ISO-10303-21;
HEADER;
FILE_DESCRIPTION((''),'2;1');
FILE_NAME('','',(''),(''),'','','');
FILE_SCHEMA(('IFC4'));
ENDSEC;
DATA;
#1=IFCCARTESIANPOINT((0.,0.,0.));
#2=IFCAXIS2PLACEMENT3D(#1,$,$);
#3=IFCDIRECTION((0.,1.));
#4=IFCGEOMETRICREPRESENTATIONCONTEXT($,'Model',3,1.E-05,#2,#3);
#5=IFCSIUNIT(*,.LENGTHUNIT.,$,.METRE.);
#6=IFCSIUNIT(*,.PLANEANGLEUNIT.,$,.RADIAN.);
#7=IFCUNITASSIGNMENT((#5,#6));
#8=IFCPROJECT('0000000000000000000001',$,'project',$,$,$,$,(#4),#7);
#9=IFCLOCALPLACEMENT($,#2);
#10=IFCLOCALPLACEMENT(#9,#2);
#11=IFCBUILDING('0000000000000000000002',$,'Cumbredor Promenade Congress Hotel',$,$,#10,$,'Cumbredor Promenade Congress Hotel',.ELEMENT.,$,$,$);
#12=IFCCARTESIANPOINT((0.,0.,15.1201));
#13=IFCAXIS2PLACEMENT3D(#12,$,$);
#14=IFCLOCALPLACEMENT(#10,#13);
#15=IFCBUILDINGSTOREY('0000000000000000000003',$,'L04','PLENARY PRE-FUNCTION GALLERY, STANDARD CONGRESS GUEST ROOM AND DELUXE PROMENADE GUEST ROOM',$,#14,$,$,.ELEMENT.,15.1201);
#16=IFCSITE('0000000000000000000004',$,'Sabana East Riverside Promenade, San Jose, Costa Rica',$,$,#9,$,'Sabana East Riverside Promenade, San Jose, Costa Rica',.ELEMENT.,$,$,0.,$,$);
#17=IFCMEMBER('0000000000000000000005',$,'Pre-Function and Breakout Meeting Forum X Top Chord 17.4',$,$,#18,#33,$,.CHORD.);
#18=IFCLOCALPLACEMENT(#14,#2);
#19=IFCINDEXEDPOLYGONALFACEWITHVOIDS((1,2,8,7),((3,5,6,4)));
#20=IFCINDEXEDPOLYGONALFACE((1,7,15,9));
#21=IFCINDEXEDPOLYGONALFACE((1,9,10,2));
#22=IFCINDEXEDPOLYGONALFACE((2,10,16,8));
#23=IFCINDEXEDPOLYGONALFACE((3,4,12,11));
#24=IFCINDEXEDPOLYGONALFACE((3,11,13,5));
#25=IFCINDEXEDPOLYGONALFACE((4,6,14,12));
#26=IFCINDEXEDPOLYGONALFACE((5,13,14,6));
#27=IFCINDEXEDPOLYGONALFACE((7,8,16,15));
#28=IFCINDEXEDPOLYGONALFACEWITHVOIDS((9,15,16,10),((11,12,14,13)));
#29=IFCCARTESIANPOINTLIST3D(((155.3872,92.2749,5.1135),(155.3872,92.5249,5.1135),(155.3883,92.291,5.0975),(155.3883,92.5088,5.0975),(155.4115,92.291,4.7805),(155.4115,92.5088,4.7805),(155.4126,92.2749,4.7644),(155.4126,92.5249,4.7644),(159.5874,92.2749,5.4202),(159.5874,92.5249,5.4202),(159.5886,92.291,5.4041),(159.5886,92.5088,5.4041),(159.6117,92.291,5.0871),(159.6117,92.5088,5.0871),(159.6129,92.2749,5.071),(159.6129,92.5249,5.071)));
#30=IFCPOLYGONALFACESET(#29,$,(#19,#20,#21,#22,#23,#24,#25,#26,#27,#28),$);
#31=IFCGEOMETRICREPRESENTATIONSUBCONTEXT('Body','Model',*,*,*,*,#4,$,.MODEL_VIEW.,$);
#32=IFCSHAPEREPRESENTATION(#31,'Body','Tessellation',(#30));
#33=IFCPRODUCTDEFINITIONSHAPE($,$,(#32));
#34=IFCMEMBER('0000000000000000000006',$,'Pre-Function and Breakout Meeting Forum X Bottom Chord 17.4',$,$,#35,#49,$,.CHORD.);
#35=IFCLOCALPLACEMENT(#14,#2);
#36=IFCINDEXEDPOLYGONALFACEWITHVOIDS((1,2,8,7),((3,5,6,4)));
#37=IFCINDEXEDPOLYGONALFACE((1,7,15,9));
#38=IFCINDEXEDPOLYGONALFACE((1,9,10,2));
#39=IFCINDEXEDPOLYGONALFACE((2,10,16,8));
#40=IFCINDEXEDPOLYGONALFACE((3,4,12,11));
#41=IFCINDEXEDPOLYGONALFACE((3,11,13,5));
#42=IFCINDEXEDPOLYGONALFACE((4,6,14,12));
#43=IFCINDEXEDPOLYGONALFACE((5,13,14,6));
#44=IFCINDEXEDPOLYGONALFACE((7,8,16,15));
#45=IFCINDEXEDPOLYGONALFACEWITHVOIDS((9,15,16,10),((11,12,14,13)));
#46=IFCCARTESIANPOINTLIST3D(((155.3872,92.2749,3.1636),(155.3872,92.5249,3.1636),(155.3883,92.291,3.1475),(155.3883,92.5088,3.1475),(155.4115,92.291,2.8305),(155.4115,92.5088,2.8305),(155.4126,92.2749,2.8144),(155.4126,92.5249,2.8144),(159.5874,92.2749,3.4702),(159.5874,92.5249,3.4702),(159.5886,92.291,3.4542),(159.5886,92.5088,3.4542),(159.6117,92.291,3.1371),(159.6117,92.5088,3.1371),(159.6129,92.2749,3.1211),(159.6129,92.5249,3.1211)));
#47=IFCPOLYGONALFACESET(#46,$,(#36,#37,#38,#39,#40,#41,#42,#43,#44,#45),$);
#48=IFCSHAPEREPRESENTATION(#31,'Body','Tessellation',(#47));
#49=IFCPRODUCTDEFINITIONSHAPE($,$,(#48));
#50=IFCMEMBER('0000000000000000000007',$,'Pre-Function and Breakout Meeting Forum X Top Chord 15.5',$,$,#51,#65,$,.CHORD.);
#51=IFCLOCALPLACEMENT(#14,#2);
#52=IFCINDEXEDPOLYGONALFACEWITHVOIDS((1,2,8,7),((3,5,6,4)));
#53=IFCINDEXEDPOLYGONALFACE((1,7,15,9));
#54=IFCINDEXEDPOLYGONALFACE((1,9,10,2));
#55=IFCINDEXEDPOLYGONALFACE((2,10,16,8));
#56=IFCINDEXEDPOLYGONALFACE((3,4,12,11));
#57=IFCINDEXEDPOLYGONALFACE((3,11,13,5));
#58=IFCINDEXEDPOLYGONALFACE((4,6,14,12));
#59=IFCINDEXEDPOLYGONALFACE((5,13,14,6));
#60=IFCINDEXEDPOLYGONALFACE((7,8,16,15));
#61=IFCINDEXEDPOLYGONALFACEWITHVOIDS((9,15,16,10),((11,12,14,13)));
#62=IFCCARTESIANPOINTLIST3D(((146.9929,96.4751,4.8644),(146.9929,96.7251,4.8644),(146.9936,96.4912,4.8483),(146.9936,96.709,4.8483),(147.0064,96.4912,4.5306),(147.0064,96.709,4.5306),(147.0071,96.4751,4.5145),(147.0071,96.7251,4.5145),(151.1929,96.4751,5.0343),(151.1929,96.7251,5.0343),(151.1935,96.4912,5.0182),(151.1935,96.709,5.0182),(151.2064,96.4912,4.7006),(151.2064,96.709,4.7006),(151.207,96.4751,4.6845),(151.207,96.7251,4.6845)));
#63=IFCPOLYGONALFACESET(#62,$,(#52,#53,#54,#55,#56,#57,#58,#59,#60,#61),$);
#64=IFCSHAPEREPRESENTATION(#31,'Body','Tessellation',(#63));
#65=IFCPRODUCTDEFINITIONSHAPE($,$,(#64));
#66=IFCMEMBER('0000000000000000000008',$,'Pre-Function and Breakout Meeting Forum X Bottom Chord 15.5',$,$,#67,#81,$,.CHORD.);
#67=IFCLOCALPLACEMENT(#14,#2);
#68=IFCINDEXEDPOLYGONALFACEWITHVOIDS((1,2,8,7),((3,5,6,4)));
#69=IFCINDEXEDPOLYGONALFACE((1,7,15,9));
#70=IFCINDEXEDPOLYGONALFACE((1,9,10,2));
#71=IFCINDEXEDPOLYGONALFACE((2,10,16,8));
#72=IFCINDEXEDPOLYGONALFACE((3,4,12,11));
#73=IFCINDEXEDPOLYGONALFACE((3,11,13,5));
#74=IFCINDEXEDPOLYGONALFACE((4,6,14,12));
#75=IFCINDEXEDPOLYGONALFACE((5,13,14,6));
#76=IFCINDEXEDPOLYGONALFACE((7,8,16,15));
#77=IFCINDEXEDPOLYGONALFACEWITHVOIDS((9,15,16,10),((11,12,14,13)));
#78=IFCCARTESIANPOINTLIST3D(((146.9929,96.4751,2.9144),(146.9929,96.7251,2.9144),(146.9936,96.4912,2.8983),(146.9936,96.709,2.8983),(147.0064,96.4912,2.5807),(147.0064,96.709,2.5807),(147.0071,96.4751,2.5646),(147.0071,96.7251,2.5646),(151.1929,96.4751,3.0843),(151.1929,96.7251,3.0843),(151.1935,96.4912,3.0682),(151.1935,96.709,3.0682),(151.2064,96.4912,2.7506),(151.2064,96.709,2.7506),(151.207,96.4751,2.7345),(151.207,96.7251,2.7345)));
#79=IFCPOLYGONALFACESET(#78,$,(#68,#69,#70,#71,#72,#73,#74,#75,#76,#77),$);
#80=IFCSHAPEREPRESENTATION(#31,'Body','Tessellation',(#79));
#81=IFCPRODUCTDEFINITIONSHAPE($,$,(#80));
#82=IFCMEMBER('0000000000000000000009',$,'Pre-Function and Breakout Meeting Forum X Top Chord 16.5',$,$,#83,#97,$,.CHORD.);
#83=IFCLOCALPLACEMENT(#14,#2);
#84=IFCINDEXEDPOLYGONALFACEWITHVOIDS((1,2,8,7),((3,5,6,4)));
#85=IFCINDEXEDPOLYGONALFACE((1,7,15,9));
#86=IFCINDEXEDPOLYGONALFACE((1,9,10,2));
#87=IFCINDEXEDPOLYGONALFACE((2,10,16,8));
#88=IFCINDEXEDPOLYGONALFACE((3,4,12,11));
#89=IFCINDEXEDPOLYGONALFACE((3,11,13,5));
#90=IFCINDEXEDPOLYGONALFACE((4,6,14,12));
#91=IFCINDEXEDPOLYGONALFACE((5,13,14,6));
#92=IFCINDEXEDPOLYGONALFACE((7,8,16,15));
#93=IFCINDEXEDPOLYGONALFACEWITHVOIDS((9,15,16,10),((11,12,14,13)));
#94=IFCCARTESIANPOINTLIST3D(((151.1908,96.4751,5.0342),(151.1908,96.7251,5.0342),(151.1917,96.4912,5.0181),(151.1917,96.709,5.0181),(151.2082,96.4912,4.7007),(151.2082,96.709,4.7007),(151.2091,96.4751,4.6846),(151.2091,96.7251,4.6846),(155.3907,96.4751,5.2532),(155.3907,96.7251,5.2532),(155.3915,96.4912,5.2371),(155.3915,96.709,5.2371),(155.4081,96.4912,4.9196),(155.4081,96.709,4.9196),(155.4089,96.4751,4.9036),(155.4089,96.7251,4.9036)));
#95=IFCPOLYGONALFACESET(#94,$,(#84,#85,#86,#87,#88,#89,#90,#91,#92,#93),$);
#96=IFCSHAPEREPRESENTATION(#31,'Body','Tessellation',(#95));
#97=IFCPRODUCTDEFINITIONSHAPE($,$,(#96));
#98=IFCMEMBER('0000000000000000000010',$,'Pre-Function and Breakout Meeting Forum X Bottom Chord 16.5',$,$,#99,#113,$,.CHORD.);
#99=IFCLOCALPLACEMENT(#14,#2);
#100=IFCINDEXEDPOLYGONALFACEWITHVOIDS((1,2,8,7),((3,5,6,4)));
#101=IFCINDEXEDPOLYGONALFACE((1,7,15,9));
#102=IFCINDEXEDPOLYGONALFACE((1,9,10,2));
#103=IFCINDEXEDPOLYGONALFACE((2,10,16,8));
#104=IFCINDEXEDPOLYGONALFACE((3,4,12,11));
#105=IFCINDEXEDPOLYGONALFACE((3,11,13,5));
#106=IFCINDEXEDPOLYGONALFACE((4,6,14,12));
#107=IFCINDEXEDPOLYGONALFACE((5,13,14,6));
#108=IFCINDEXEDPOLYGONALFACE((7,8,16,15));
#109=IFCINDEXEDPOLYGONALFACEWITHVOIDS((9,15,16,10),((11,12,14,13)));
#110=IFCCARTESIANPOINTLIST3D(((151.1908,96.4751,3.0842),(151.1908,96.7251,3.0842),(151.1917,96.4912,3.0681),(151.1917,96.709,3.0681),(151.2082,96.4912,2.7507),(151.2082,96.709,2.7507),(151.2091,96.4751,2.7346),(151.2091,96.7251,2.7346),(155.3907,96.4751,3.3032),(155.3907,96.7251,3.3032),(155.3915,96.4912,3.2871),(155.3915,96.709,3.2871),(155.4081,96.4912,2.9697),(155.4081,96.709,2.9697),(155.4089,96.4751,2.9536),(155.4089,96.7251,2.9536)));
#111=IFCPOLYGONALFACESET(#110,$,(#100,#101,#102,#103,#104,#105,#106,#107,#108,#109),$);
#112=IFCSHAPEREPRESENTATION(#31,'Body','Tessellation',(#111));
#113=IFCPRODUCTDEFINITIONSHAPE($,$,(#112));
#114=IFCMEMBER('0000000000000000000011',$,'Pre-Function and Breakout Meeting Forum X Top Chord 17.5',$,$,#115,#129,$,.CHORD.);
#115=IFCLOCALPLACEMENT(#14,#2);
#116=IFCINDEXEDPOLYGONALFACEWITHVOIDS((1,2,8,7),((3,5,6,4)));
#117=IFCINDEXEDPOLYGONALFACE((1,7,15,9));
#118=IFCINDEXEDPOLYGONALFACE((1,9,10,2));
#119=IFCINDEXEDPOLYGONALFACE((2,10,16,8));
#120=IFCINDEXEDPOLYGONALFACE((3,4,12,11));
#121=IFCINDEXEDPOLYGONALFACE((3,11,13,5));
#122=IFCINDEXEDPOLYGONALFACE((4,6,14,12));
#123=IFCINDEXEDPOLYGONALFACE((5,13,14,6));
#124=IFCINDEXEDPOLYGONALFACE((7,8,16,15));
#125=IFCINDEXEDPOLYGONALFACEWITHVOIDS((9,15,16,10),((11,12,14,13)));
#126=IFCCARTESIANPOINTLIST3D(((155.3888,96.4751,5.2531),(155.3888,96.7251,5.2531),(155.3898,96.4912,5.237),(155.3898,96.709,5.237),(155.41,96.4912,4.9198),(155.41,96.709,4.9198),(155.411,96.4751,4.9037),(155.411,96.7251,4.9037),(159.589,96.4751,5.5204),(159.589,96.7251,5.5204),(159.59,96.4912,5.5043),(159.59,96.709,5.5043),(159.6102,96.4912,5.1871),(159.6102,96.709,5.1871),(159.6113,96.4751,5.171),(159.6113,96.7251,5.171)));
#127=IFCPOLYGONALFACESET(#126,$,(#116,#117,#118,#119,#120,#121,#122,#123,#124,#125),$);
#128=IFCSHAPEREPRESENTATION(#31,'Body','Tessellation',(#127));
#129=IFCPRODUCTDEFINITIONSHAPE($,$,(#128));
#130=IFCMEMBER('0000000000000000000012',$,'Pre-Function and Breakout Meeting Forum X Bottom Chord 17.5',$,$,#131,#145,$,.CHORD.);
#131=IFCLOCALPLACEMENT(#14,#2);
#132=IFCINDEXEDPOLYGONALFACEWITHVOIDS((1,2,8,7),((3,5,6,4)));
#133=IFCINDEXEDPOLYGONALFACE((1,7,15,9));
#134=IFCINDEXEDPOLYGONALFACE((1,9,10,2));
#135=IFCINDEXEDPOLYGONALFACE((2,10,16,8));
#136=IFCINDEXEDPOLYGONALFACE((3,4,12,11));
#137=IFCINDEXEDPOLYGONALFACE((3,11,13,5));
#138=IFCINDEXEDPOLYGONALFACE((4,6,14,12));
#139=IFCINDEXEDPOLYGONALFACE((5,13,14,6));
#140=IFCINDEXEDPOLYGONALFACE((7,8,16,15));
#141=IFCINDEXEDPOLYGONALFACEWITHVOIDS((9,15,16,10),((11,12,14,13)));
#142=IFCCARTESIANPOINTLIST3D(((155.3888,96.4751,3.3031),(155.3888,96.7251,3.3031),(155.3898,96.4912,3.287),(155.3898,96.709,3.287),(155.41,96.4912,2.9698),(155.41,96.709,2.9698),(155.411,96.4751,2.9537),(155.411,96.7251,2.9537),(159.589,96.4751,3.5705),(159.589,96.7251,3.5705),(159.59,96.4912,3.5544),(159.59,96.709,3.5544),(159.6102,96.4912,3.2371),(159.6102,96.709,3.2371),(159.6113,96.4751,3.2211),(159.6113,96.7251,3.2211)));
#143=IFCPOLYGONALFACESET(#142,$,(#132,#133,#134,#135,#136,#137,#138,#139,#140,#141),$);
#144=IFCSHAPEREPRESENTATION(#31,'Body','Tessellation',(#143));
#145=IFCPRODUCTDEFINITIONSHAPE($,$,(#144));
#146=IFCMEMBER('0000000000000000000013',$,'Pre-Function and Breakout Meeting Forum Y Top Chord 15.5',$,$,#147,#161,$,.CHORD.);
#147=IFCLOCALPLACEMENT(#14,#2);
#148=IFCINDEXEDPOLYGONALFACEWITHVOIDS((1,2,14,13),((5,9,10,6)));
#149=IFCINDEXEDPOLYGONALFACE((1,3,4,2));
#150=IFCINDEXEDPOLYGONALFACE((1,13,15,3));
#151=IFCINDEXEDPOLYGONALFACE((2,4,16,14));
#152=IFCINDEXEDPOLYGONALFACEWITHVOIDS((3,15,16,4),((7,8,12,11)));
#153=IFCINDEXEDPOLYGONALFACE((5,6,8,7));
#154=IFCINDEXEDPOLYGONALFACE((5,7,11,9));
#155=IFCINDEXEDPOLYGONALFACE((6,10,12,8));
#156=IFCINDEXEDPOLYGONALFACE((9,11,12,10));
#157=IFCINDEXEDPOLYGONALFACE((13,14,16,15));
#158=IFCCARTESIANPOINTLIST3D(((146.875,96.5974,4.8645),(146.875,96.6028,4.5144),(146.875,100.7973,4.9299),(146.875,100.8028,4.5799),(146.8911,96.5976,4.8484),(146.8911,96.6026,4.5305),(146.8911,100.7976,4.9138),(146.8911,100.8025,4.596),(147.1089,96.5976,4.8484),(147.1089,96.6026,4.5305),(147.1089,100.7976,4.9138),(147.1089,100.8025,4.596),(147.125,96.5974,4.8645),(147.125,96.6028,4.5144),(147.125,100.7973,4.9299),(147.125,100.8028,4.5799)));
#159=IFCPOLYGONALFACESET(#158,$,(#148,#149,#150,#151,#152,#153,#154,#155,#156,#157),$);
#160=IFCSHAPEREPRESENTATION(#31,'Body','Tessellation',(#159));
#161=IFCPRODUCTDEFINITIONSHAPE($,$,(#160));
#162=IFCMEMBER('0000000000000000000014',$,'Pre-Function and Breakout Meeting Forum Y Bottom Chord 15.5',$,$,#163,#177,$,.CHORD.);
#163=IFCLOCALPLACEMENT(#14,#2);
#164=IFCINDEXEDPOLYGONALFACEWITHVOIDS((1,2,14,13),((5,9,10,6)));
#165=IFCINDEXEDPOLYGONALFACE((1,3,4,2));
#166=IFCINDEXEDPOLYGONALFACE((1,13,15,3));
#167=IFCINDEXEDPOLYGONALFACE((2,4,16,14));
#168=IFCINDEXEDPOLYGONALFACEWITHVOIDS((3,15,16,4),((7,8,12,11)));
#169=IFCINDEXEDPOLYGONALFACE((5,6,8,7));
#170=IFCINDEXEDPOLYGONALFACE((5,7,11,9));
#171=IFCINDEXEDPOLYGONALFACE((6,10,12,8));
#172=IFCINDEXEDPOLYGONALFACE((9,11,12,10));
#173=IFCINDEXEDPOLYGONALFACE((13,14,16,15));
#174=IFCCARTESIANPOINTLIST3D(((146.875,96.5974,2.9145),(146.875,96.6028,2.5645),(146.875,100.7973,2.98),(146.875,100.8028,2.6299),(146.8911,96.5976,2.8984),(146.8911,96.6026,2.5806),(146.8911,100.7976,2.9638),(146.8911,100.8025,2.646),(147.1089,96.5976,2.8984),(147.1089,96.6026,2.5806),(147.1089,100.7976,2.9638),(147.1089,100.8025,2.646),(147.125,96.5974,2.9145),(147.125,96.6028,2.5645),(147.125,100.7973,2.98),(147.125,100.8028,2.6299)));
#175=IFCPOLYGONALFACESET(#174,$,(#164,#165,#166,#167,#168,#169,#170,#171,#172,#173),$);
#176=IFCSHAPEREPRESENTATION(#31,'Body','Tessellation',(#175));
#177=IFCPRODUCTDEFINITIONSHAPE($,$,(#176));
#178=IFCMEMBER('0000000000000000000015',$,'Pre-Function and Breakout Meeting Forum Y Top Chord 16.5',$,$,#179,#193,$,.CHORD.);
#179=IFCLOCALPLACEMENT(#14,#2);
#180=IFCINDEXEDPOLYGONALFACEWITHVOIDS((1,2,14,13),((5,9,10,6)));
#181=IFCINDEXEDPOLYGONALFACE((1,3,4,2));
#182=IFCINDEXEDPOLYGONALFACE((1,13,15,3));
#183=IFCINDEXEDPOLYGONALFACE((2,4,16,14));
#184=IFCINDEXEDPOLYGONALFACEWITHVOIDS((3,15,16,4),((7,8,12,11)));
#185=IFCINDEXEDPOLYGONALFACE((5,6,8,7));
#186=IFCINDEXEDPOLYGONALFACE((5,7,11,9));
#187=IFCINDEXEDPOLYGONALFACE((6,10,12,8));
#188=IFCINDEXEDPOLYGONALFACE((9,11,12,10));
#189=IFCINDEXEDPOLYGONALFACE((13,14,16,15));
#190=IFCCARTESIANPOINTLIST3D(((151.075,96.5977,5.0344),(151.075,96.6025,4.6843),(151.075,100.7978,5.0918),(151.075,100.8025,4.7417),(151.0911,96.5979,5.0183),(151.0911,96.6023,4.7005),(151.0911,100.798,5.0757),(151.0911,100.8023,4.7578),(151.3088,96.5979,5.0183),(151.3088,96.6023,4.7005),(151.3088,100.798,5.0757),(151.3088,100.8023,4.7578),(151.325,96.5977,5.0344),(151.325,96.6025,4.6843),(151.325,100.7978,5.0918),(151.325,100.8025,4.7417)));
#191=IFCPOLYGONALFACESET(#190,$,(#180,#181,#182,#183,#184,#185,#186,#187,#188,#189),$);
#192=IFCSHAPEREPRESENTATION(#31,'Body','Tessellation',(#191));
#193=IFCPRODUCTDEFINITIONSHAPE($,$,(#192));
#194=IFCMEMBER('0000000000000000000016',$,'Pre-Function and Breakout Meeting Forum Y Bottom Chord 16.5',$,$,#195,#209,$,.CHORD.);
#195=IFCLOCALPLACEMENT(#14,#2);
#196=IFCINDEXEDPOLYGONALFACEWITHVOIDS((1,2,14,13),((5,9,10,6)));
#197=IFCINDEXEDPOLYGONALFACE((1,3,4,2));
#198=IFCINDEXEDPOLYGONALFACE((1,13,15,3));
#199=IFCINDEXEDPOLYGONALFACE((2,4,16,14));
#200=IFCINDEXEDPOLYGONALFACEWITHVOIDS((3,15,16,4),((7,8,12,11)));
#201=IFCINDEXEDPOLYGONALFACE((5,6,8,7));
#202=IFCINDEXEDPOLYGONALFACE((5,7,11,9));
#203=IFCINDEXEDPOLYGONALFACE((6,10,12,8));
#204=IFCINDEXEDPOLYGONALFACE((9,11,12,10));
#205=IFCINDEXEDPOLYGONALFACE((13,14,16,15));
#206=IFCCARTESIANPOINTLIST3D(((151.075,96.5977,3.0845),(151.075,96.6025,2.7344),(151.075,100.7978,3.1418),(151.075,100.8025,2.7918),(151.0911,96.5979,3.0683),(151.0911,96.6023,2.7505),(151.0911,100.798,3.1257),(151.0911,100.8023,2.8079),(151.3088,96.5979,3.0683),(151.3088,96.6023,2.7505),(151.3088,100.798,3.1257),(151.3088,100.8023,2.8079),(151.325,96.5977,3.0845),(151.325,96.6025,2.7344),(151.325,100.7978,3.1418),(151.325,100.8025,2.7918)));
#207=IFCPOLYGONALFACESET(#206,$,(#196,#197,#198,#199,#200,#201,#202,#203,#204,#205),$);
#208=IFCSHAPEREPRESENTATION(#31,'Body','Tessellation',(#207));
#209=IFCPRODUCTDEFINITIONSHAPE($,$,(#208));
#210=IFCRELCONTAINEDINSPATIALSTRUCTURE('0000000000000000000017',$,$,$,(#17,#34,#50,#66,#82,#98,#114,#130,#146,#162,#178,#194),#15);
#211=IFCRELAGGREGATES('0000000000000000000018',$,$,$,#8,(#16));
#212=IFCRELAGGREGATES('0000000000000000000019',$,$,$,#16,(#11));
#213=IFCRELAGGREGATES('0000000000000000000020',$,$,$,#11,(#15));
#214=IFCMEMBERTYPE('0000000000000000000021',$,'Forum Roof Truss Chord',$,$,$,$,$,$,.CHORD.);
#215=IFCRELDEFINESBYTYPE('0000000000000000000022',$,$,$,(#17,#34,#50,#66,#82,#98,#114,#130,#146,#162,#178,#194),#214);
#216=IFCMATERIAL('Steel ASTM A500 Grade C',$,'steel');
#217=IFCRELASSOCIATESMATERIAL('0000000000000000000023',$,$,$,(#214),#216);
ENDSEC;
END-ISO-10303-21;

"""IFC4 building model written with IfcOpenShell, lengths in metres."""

from ifc_helpers import new_model, si_unit, direction, frame, origin, origin_2d, place, context, subcontext, project, spatial, hollow_rectangle, extrude, material, material_profile, profile_set, type_object, element, save


model = new_model("IFC4")

# Units and contexts
model_context = context("Model", 3, precision=1e-05, world=origin(), true_north=direction((0.0, 1.0)))
body_context = subcontext(model_context, "Body", "Model", "MODEL_VIEW")
ifc_project = project(units=[si_unit("LENGTHUNIT", "METRE"), si_unit("PLANEANGLEUNIT", "RADIAN")], contexts=[model_context])

# Site, building, storey
site_placement = place(None, origin())
site = spatial("IfcSite", under=ifc_project, at=site_placement, Name="Sabana East Riverside Promenade, San Jose, Costa Rica", LongName="Sabana East Riverside Promenade, San Jose, Costa Rica", CompositionType="ELEMENT", RefElevation=0.0)
building_placement = place(site_placement, origin())
building = spatial("IfcBuilding", under=site, at=building_placement, Name="Cumbredor Promenade Congress Hotel", LongName="Cumbredor Promenade Congress Hotel", CompositionType="ELEMENT")
storey_placement = place(building_placement, frame((0.0, 0.0, 15.1201)))
storey = spatial("IfcBuildingStorey", under=building, at=storey_placement, Name="L04", Description="PLENARY PRE-FUNCTION GALLERY, STANDARD CONGRESS GUEST ROOM AND DELUXE PROMENADE GUEST ROOM", CompositionType="ELEMENT", Elevation=15.1201)

# Members
ifc_material_1 = material(Name="Steel ASTM A500 Grade C", Category="steel")
ifc_material_profile_1 = material_profile(ifc_material_1, hollow_rectangle(XDim=0.25, YDim=0.3501, WallThickness=0.0161, at=origin_2d()), Name="HSS 350x250x16")
ifc_profile_set_1 = profile_set([ifc_material_profile_1], Name="Steel ASTM A500 Grade C")
member_type_1 = type_object("IfcMemberType", Name="Forum Roof Truss Chord", PredefinedType="CHORD", material=ifc_profile_set_1)
for number, where, z_axis, x_axis, name in (
    (1, (155.3999, 92.3999, 4.939), (0.997346, 0.0, 0.072812), (0.0, 1.0, 0.0), "Pre-Function and Breakout Meeting Forum X Top Chord 17.4"),
    (2, (155.3999, 92.3999, 2.989), (0.997346, 0.0, 0.072812), (0.0, 1.0, 0.0), "Pre-Function and Breakout Meeting Forum X Bottom Chord 17.4"),
):
    element("IfcMember", number, at=place(storey_placement, frame(where, z_axis=z_axis, x_axis=x_axis)), inside=storey, type_object=member_type_1, Name=name, PredefinedType="CHORD", context=body_context, shape_type="SweptSolid", body=[
        extrude(hollow_rectangle(XDim=0.25, YDim=0.3501, WallThickness=0.0161, at=origin_2d()), origin(), (0.0, 0.0, 1.0), 4.2114),
    ])
for number, where, z_axis, x_axis, name in (
    (3, (147.0, 96.6001, 4.6895), (0.999183, 0.0, 0.040425), (0.0, 1.0, 0.0), "Pre-Function and Breakout Meeting Forum X Top Chord 15.5"),
    (4, (147.0, 96.6001, 2.7395), (0.999183, 0.0, 0.040425), (0.0, 1.0, 0.0), "Pre-Function and Breakout Meeting Forum X Bottom Chord 15.5"),
):
    element("IfcMember", number, at=place(storey_placement, frame(where, z_axis=z_axis, x_axis=x_axis)), inside=storey, type_object=member_type_1, Name=name, PredefinedType="CHORD", context=body_context, shape_type="SweptSolid", body=[
        extrude(hollow_rectangle(XDim=0.25, YDim=0.3501, WallThickness=0.0161, at=origin_2d()), origin(), (0.0, 0.0, 1.0), 4.2034),
    ])
for number, where, z_axis, x_axis, name in (
    (5, (151.2, 96.6001, 4.8594), (0.998643, 0.0, 0.052071), (0.0, 1.0, 0.0), "Pre-Function and Breakout Meeting Forum X Top Chord 16.5"),
    (6, (151.2, 96.6001, 2.9094), (0.998643, 0.0, 0.052071), (0.0, 1.0, 0.0), "Pre-Function and Breakout Meeting Forum X Bottom Chord 16.5"),
):
    element("IfcMember", number, at=place(storey_placement, frame(where, z_axis=z_axis, x_axis=x_axis)), inside=storey, type_object=member_type_1, Name=name, PredefinedType="CHORD", context=body_context, shape_type="SweptSolid", body=[
        extrude(hollow_rectangle(XDim=0.25, YDim=0.3501, WallThickness=0.0161, at=origin_2d()), origin(), (0.0, 0.0, 1.0), 4.2056),
    ])
for number, where, z_axis, x_axis, name in (
    (7, (155.3999, 96.6001, 5.0784), (0.997981, 0.0, 0.063519), (0.0, 1.0, 0.0), "Pre-Function and Breakout Meeting Forum X Top Chord 17.5"),
    (8, (155.3999, 96.6001, 3.1284), (0.997981, 0.0, 0.063519), (0.0, 1.0, 0.0), "Pre-Function and Breakout Meeting Forum X Bottom Chord 17.5"),
):
    element("IfcMember", number, at=place(storey_placement, frame(where, z_axis=z_axis, x_axis=x_axis)), inside=storey, type_object=member_type_1, Name=name, PredefinedType="CHORD", context=body_context, shape_type="SweptSolid", body=[
        extrude(hollow_rectangle(XDim=0.25, YDim=0.3501, WallThickness=0.0161, at=origin_2d()), origin(), (0.0, 0.0, 1.0), 4.2087),
    ])
for number, where, z_axis, x_axis, name in (
    (9, (147.0, 96.6001, 4.6895), (0.0, 0.999879, 0.015577), (-1.0, 0.0, 0.0), "Pre-Function and Breakout Meeting Forum Y Top Chord 15.5"),
    (10, (147.0, 96.6001, 2.7395), (0.0, 0.999879, 0.015577), (-1.0, 0.0, 0.0), "Pre-Function and Breakout Meeting Forum Y Bottom Chord 15.5"),
    (11, (151.2, 96.6001, 4.8594), (0.0, 0.999907, 0.013659), (-1.0, 0.0, 0.0), "Pre-Function and Breakout Meeting Forum Y Top Chord 16.5"),
    (12, (151.2, 96.6001, 2.9094), (0.0, 0.999907, 0.013659), (-1.0, 0.0, 0.0), "Pre-Function and Breakout Meeting Forum Y Bottom Chord 16.5"),
):
    element("IfcMember", number, at=place(storey_placement, frame(where, z_axis=z_axis, x_axis=x_axis)), inside=storey, type_object=member_type_1, Name=name, PredefinedType="CHORD", context=body_context, shape_type="SweptSolid", body=[
        extrude(hollow_rectangle(XDim=0.25, YDim=0.3501, WallThickness=0.0161, at=origin_2d()), origin(), (0.0, 0.0, 1.0), 4.2004),
    ])

save(model, "model.ifc")
